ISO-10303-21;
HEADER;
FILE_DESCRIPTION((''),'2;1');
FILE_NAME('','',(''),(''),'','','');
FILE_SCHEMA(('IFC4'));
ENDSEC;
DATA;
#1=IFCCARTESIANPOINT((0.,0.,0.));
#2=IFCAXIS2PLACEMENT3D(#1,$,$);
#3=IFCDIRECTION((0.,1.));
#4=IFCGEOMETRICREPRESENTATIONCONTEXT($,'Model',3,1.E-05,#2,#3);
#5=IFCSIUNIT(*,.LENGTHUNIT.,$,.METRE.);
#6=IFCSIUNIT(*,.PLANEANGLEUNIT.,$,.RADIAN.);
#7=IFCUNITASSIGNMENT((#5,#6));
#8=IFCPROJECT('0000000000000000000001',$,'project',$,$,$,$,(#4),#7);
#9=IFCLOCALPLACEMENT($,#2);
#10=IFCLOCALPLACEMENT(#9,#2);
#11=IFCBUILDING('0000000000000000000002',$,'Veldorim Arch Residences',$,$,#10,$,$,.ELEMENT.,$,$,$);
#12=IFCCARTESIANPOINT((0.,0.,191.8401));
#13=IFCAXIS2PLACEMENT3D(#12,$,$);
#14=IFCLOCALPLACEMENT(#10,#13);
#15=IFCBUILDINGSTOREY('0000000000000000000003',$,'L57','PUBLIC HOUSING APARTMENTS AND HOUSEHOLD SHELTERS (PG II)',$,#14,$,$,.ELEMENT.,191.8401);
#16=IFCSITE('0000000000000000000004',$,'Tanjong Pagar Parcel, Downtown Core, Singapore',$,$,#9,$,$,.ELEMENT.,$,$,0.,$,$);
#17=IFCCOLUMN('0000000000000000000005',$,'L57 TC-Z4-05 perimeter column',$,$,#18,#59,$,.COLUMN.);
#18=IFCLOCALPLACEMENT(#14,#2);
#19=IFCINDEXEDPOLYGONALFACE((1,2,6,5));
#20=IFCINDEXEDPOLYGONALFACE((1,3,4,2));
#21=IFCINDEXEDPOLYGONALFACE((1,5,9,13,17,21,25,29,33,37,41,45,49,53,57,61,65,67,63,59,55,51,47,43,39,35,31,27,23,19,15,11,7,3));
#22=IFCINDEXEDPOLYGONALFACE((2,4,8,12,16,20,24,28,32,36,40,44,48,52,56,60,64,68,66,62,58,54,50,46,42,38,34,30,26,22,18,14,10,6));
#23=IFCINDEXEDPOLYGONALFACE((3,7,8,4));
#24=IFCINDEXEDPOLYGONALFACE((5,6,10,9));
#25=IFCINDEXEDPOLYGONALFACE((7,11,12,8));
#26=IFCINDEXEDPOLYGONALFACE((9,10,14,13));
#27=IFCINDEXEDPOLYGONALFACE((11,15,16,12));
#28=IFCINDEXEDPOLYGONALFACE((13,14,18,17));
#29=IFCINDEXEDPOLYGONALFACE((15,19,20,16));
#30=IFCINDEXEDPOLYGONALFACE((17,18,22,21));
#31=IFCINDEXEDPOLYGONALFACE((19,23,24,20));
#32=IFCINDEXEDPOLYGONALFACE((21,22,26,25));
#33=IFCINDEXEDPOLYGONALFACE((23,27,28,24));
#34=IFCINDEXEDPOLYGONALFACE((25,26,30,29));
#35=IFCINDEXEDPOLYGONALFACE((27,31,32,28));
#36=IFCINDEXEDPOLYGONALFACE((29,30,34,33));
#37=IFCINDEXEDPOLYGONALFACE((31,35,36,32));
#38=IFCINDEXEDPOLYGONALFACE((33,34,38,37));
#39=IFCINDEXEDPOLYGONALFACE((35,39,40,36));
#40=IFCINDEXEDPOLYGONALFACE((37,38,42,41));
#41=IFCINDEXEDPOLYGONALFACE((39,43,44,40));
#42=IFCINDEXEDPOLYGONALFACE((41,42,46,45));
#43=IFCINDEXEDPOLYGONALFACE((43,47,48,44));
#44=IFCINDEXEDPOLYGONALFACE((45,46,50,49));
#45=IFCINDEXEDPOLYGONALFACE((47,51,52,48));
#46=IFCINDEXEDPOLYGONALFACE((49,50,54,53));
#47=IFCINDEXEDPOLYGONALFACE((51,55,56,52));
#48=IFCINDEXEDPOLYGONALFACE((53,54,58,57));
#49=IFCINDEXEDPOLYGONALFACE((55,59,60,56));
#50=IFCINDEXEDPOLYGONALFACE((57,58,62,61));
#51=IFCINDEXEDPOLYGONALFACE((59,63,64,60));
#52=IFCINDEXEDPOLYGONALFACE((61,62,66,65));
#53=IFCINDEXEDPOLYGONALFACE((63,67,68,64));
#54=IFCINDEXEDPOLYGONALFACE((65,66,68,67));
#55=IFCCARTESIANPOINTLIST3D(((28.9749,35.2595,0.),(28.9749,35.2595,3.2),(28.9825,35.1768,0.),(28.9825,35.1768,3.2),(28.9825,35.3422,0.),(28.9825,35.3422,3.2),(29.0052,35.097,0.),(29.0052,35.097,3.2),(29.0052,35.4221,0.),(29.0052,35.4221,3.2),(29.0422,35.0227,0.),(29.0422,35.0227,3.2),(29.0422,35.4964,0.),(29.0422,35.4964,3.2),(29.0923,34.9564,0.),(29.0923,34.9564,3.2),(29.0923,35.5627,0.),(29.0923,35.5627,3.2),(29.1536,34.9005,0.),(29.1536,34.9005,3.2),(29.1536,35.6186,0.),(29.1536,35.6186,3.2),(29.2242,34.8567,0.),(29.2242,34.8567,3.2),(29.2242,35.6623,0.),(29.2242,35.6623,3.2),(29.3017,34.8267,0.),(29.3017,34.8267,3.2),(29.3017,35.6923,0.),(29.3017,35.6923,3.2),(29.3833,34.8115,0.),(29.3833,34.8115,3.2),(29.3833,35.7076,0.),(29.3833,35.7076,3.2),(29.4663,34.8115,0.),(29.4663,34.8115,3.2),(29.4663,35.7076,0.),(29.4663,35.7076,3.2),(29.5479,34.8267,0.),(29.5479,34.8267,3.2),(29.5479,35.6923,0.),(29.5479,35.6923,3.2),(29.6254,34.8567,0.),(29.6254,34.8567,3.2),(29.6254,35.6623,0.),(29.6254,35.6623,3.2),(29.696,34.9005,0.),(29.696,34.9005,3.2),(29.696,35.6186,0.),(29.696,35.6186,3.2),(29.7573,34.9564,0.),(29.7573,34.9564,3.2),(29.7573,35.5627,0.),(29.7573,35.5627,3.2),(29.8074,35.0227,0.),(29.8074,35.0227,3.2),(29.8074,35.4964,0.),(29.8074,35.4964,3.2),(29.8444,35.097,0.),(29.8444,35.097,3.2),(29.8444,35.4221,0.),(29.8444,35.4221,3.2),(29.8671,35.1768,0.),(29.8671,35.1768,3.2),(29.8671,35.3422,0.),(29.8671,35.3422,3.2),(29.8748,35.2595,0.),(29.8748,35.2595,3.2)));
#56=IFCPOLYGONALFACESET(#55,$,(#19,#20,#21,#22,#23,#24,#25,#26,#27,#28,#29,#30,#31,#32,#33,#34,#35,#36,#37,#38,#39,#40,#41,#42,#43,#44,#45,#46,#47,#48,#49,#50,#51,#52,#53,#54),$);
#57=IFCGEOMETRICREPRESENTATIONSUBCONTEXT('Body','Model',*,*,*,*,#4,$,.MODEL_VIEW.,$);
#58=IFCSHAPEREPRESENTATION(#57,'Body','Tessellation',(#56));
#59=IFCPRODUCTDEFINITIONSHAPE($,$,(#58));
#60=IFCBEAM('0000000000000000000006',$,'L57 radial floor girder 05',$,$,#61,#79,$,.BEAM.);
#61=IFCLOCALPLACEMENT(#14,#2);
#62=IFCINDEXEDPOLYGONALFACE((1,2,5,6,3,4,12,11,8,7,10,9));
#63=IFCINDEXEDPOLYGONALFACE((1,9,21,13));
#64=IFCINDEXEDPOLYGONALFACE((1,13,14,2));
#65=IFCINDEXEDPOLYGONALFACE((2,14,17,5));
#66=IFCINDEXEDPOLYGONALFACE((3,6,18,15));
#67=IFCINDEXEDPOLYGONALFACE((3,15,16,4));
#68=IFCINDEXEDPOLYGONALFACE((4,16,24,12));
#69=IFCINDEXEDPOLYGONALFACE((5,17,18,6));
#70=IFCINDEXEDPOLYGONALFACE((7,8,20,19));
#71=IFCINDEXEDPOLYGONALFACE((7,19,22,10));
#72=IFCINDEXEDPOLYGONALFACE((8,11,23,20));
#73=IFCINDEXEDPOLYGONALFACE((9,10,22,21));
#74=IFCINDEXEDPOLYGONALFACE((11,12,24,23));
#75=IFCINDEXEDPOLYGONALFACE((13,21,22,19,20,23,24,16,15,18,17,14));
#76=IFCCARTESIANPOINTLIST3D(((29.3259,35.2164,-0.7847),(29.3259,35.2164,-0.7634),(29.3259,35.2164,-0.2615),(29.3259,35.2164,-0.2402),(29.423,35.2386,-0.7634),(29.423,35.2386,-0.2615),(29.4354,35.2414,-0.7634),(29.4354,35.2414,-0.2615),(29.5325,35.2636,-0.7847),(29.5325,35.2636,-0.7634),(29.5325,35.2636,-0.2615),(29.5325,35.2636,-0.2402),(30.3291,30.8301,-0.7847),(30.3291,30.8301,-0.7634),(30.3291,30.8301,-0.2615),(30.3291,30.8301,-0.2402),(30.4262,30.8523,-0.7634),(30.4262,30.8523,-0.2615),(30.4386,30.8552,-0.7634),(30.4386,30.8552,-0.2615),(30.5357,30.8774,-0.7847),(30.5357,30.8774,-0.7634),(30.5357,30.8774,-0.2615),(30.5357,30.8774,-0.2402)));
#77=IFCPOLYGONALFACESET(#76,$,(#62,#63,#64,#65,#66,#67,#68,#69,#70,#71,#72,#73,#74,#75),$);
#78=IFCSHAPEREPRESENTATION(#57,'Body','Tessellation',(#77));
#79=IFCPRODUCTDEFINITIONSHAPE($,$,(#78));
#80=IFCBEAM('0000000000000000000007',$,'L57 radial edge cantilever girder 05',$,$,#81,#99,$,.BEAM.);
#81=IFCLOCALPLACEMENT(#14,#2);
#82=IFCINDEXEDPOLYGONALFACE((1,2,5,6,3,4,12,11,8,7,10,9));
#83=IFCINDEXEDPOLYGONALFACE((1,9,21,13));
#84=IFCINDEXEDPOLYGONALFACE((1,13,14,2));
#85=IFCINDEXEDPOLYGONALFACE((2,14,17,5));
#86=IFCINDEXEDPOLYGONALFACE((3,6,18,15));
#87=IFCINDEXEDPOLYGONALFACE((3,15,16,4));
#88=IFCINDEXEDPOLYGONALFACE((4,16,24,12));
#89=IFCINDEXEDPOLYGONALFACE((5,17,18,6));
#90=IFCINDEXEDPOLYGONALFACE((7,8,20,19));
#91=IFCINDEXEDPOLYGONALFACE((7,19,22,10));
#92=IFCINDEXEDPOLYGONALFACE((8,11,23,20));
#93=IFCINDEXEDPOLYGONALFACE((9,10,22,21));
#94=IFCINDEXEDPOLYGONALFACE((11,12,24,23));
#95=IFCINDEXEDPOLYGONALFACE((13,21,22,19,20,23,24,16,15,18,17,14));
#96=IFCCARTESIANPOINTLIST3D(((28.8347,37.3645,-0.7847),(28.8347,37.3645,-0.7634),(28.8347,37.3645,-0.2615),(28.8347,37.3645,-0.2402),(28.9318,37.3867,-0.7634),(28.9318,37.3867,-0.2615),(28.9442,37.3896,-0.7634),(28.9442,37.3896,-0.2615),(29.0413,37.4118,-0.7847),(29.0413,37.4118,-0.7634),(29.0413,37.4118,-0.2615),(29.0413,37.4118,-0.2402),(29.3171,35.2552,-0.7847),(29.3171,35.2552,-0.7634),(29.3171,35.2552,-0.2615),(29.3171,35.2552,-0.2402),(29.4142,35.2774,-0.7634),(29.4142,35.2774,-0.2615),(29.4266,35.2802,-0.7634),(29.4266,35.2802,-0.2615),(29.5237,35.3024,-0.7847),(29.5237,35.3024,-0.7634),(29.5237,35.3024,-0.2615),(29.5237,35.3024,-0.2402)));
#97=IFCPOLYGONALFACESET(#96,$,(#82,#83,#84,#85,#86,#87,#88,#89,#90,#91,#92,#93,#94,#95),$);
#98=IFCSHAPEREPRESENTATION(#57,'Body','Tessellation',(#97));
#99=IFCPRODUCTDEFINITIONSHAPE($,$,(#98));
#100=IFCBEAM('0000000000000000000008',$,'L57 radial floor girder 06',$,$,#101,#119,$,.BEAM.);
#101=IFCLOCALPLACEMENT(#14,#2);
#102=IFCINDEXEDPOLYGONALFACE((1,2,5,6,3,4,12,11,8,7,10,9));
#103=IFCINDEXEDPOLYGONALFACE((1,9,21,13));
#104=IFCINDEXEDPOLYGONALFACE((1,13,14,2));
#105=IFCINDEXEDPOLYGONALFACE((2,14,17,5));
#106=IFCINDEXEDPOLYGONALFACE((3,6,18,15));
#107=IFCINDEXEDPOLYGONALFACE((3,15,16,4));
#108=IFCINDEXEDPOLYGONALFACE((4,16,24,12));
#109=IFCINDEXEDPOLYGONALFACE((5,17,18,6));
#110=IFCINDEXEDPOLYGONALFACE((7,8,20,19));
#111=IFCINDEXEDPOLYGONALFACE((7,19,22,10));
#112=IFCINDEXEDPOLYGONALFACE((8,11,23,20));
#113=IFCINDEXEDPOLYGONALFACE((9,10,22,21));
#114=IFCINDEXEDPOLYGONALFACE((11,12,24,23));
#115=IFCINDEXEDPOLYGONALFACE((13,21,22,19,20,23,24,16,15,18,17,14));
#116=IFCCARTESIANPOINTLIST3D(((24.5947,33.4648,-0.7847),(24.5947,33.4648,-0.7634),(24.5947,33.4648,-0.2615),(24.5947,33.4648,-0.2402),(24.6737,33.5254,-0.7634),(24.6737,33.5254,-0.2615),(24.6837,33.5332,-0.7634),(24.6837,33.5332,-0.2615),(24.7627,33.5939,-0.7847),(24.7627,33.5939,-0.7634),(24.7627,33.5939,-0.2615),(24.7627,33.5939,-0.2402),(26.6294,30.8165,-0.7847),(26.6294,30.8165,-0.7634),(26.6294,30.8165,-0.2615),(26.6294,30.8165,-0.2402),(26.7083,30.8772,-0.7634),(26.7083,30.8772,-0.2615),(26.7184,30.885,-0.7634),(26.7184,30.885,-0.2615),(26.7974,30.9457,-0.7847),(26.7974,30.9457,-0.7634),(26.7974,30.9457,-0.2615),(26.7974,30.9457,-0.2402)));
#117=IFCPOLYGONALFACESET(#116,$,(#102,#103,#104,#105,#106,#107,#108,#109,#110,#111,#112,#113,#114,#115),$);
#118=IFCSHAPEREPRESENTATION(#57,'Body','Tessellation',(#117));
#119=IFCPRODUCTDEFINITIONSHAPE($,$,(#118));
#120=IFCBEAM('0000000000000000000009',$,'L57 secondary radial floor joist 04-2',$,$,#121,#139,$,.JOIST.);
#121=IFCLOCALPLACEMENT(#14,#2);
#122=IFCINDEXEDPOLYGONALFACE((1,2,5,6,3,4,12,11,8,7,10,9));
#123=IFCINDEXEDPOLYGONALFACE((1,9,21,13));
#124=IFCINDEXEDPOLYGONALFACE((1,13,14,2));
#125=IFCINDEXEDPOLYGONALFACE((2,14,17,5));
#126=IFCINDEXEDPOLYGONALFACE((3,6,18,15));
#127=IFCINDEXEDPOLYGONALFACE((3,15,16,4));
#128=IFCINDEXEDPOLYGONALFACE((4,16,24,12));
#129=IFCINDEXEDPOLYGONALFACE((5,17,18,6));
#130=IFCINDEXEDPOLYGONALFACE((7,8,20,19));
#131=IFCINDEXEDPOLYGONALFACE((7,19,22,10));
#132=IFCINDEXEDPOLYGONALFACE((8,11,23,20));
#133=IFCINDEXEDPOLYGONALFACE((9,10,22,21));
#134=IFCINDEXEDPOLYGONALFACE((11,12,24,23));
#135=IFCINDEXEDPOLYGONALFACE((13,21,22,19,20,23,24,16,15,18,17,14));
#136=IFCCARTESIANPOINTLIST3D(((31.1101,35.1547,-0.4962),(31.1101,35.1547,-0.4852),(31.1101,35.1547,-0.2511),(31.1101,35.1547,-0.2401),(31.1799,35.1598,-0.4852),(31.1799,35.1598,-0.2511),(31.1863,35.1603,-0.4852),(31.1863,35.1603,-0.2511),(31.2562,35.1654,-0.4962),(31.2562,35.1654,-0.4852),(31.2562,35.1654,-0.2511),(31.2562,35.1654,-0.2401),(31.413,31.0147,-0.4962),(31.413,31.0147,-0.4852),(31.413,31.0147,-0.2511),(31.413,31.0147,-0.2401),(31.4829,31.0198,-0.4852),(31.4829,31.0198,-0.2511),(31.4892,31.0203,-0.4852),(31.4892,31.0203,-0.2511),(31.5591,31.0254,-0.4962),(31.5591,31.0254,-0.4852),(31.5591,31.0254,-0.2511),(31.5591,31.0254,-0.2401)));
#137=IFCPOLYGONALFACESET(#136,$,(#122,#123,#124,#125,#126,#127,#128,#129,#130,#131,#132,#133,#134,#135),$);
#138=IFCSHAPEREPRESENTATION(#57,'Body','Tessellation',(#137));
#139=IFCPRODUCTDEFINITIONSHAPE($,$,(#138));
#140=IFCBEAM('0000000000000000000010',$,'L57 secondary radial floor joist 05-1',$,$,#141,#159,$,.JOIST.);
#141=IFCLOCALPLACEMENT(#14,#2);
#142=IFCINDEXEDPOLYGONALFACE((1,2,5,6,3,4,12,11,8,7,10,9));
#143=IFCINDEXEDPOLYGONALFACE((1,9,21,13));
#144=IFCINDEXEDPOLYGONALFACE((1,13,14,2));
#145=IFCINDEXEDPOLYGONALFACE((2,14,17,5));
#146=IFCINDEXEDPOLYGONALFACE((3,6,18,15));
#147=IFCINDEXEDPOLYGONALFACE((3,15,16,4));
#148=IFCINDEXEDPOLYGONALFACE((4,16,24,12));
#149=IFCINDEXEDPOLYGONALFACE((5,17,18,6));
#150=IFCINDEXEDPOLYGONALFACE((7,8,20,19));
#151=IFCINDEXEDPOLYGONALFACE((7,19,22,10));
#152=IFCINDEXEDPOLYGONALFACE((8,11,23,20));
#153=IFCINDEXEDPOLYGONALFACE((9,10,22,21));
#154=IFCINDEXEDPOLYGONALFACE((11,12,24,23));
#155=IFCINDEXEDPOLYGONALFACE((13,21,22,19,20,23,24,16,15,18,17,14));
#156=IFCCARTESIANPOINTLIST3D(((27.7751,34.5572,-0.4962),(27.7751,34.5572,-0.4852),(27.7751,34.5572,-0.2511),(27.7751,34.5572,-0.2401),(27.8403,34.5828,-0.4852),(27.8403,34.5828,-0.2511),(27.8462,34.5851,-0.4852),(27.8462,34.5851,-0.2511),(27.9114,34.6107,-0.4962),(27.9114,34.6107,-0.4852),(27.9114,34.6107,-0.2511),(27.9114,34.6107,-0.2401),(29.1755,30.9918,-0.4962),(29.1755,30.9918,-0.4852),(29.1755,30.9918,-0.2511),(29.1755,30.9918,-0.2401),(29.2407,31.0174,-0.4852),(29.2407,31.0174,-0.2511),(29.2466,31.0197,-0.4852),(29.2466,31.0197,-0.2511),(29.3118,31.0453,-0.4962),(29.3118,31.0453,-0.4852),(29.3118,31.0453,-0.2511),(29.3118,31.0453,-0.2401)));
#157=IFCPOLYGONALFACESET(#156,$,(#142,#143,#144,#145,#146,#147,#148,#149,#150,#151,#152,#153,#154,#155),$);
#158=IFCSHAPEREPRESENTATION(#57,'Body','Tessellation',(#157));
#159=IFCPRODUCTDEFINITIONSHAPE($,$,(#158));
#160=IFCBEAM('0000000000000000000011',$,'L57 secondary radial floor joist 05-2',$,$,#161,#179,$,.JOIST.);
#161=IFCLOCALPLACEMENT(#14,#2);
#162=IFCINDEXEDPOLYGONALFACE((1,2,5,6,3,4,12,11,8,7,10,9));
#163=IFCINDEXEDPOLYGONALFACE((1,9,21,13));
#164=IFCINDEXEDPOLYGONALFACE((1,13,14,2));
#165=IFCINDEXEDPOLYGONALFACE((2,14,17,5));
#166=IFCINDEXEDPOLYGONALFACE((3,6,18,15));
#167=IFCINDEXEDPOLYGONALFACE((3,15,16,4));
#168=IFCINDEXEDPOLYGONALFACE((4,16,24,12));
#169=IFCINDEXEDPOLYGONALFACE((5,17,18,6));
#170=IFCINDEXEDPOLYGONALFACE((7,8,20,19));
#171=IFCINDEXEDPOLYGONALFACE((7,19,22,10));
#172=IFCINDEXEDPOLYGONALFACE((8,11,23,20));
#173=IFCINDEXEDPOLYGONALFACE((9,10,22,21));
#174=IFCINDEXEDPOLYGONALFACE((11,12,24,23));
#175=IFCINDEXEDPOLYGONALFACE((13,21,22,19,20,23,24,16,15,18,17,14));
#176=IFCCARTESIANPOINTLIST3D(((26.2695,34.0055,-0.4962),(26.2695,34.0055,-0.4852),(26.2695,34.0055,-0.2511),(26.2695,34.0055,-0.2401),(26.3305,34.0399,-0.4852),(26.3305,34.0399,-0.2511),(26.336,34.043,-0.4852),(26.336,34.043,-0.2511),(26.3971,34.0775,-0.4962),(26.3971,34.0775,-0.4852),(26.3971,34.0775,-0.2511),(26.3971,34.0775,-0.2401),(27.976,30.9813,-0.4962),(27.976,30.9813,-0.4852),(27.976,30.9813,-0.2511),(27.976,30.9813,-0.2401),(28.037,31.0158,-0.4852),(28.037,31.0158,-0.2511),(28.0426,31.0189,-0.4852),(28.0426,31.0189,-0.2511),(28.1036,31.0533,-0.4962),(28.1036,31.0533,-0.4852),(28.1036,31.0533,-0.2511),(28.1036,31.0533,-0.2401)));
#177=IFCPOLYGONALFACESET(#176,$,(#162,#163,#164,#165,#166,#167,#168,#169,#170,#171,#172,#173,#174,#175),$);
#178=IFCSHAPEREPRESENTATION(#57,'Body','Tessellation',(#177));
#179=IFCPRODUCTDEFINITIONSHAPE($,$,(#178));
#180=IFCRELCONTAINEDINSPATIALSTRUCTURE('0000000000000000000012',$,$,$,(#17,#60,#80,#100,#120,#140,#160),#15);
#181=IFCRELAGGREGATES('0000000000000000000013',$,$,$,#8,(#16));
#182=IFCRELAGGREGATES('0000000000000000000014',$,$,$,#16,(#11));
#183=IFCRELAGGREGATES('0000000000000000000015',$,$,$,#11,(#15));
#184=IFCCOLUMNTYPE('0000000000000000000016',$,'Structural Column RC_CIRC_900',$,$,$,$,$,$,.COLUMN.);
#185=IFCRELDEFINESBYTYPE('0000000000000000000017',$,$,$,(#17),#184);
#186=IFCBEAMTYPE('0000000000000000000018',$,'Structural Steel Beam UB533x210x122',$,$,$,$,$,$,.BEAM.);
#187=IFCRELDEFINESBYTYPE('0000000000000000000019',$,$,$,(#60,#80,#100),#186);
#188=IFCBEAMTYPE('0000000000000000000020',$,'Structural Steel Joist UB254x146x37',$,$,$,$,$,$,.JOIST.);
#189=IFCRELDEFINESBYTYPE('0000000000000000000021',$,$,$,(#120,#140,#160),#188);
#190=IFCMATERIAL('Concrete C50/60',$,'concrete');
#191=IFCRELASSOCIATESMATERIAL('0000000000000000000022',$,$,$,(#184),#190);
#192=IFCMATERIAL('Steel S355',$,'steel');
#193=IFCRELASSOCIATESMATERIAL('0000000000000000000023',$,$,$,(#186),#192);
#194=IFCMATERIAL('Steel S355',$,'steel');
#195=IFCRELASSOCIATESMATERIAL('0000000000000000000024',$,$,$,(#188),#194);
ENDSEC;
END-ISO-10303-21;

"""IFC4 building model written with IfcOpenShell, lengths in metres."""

from ifc_helpers import new_model, si_unit, direction, frame, origin, origin_2d, place, context, subcontext, project, spatial, circle, i_section, extrude, material, material_profile, profile_set, type_object, element, save


model = new_model("IFC4")

# Units and contexts
model_context = context("Model", 3, precision=1e-05, world=origin(), true_north=direction((0.0, 1.0)))
body_context = subcontext(model_context, "Body", "Model", "MODEL_VIEW")
ifc_project = project(units=[si_unit("LENGTHUNIT", "METRE"), si_unit("PLANEANGLEUNIT", "RADIAN")], contexts=[model_context])

# Site, building, storey
site_placement = place(None, origin())
site = spatial("IfcSite", under=ifc_project, at=site_placement, Name="Tanjong Pagar Parcel, Downtown Core, Singapore", CompositionType="ELEMENT", RefElevation=0.0)
building_placement = place(site_placement, origin())
building = spatial("IfcBuilding", under=site, at=building_placement, Name="Veldorim Arch Residences", CompositionType="ELEMENT")
storey_placement = place(building_placement, frame((0.0, 0.0, 191.8401)))
storey = spatial("IfcBuildingStorey", under=building, at=storey_placement, Name="L57", Description="PUBLIC HOUSING APARTMENTS AND HOUSEHOLD SHELTERS (PG II)", CompositionType="ELEMENT", Elevation=191.8401)

# Column
ifc_material_1 = material(Name="Concrete C50/60", Category="concrete")
ifc_material_profile_1 = material_profile(ifc_material_1, circle(Radius=0.45, at=origin_2d()), Name="RC_CIRC_900")
ifc_profile_set_1 = profile_set([ifc_material_profile_1], Name="Concrete C50/60")
column_type = type_object("IfcColumnType", Name="Structural Column RC_CIRC_900", PredefinedType="COLUMN", material=ifc_profile_set_1)
column_placement = place(storey_placement, frame((29.4248, 35.2595, 0.0), z_axis=(0.0, 0.0, 1.0), x_axis=(1.0, 0.0, 0.0)))
element("IfcColumn", 1, at=column_placement, inside=storey, type_object=column_type, Name="L57 TC-Z4-05 perimeter column", PredefinedType="COLUMN", context=body_context, shape_type="SweptSolid", body=[
    extrude(circle(Radius=0.45, at=origin_2d()), origin(), (0.0, 0.0, 1.0), 3.2),
])

# Beams
ifc_material_2 = material(Name="Steel S355", Category="steel")
ifc_material_profile_2 = material_profile(ifc_material_2, i_section(OverallWidth=0.2119, OverallDepth=0.5444, WebThickness=0.0127, FlangeThickness=0.0212, at=origin_2d()), Name="UB533x210x122")
ifc_profile_set_2 = profile_set([ifc_material_profile_2], Name="Steel S355")
beam_type_1 = type_object("IfcBeamType", Name="Structural Steel Beam UB533x210x122", PredefinedType="BEAM", material=ifc_profile_set_2)
beam_1_placement = place(storey_placement, frame((30.4324, 30.8538, -0.5125), z_axis=(-0.222953, 0.974829, 0.0), x_axis=(-0.974829, -0.222953, 0.0)))
element("IfcBeam", 2, at=beam_1_placement, inside=storey, type_object=beam_type_1, Name="L57 radial floor girder 05", PredefinedType="BEAM", context=body_context, shape_type="SweptSolid", body=[
    extrude(i_section(OverallWidth=0.2119, OverallDepth=0.5444, WebThickness=0.0127, FlangeThickness=0.0212, at=origin_2d()), origin(), (0.0, 0.0, 1.0), 4.4995),
])
beam_2_placement = place(storey_placement, frame((29.4204, 35.2788, -0.5125), z_axis=(-0.222947, 0.97483, 0.0), x_axis=(-0.97483, -0.222947, 0.0)))
element("IfcBeam", 3, at=beam_2_placement, inside=storey, type_object=beam_type_1, Name="L57 radial edge cantilever girder 05", PredefinedType="BEAM", context=body_context, shape_type="SweptSolid", body=[
    extrude(i_section(OverallWidth=0.2119, OverallDepth=0.5444, WebThickness=0.0127, FlangeThickness=0.0212, at=origin_2d()), origin(), (0.0, 0.0, 1.0), 2.1638),
])
beam_3_placement = place(storey_placement, frame((26.7134, 30.8811, -0.5125), z_axis=(-0.609258, 0.792972, 0.0), x_axis=(-0.792972, -0.609258, 0.0)))
element("IfcBeam", 4, at=beam_3_placement, inside=storey, type_object=beam_type_1, Name="L57 radial floor girder 06", PredefinedType="BEAM", context=body_context, shape_type="SweptSolid", body=[
    extrude(i_section(OverallWidth=0.2119, OverallDepth=0.5444, WebThickness=0.0127, FlangeThickness=0.0212, at=origin_2d()), origin(), (0.0, 0.0, 1.0), 3.3396),
])
ifc_material_3 = material(Name="Steel S355", Category="steel")
ifc_material_profile_3 = material_profile(ifc_material_3, i_section(OverallWidth=0.1465, OverallDepth=0.2561, WebThickness=0.0063, FlangeThickness=0.011, at=origin_2d()), Name="UB254x146x37")
ifc_profile_set_3 = profile_set([ifc_material_profile_3], Name="Steel S355")
beam_type_2 = type_object("IfcBeamType", Name="Structural Steel Joist UB254x146x37", PredefinedType="JOIST", material=ifc_profile_set_3)
beam_4_placement = place(storey_placement, frame((31.4861, 31.02, -0.3682), z_axis=(-0.072986, 0.997333, 0.0), x_axis=(-0.997333, -0.072986, 0.0)))
element("IfcBeam", 5, at=beam_4_placement, inside=storey, type_object=beam_type_2, Name="L57 secondary radial floor joist 04-2", PredefinedType="JOIST", context=body_context, shape_type="SweptSolid", body=[
    extrude(i_section(OverallWidth=0.1465, OverallDepth=0.2561, WebThickness=0.0063, FlangeThickness=0.011, at=origin_2d()), origin(), (0.0, 0.0, 1.0), 4.1511),
])
beam_5_placement = place(storey_placement, frame((29.2437, 31.0186, -0.3682), z_axis=(-0.365581, 0.930779, 0.0), x_axis=(-0.930779, -0.365581, 0.0)))
element("IfcBeam", 6, at=beam_5_placement, inside=storey, type_object=beam_type_2, Name="L57 secondary radial floor joist 05-1", PredefinedType="JOIST", context=body_context, shape_type="SweptSolid", body=[
    extrude(i_section(OverallWidth=0.1465, OverallDepth=0.2561, WebThickness=0.0063, FlangeThickness=0.011, at=origin_2d()), origin(), (0.0, 0.0, 1.0), 3.8306),
])
beam_6_placement = place(storey_placement, frame((28.0398, 31.0173, -0.3682), z_axis=(-0.491452, 0.870904, 0.0), x_axis=(-0.870904, -0.491452, 0.0)))
element("IfcBeam", 7, at=beam_6_placement, inside=storey, type_object=beam_type_2, Name="L57 secondary radial floor joist 05-2", PredefinedType="JOIST", context=body_context, shape_type="SweptSolid", body=[
    extrude(i_section(OverallWidth=0.1465, OverallDepth=0.2561, WebThickness=0.0063, FlangeThickness=0.011, at=origin_2d()), origin(), (0.0, 0.0, 1.0), 3.4724),
])

save(model, "model.ifc")
